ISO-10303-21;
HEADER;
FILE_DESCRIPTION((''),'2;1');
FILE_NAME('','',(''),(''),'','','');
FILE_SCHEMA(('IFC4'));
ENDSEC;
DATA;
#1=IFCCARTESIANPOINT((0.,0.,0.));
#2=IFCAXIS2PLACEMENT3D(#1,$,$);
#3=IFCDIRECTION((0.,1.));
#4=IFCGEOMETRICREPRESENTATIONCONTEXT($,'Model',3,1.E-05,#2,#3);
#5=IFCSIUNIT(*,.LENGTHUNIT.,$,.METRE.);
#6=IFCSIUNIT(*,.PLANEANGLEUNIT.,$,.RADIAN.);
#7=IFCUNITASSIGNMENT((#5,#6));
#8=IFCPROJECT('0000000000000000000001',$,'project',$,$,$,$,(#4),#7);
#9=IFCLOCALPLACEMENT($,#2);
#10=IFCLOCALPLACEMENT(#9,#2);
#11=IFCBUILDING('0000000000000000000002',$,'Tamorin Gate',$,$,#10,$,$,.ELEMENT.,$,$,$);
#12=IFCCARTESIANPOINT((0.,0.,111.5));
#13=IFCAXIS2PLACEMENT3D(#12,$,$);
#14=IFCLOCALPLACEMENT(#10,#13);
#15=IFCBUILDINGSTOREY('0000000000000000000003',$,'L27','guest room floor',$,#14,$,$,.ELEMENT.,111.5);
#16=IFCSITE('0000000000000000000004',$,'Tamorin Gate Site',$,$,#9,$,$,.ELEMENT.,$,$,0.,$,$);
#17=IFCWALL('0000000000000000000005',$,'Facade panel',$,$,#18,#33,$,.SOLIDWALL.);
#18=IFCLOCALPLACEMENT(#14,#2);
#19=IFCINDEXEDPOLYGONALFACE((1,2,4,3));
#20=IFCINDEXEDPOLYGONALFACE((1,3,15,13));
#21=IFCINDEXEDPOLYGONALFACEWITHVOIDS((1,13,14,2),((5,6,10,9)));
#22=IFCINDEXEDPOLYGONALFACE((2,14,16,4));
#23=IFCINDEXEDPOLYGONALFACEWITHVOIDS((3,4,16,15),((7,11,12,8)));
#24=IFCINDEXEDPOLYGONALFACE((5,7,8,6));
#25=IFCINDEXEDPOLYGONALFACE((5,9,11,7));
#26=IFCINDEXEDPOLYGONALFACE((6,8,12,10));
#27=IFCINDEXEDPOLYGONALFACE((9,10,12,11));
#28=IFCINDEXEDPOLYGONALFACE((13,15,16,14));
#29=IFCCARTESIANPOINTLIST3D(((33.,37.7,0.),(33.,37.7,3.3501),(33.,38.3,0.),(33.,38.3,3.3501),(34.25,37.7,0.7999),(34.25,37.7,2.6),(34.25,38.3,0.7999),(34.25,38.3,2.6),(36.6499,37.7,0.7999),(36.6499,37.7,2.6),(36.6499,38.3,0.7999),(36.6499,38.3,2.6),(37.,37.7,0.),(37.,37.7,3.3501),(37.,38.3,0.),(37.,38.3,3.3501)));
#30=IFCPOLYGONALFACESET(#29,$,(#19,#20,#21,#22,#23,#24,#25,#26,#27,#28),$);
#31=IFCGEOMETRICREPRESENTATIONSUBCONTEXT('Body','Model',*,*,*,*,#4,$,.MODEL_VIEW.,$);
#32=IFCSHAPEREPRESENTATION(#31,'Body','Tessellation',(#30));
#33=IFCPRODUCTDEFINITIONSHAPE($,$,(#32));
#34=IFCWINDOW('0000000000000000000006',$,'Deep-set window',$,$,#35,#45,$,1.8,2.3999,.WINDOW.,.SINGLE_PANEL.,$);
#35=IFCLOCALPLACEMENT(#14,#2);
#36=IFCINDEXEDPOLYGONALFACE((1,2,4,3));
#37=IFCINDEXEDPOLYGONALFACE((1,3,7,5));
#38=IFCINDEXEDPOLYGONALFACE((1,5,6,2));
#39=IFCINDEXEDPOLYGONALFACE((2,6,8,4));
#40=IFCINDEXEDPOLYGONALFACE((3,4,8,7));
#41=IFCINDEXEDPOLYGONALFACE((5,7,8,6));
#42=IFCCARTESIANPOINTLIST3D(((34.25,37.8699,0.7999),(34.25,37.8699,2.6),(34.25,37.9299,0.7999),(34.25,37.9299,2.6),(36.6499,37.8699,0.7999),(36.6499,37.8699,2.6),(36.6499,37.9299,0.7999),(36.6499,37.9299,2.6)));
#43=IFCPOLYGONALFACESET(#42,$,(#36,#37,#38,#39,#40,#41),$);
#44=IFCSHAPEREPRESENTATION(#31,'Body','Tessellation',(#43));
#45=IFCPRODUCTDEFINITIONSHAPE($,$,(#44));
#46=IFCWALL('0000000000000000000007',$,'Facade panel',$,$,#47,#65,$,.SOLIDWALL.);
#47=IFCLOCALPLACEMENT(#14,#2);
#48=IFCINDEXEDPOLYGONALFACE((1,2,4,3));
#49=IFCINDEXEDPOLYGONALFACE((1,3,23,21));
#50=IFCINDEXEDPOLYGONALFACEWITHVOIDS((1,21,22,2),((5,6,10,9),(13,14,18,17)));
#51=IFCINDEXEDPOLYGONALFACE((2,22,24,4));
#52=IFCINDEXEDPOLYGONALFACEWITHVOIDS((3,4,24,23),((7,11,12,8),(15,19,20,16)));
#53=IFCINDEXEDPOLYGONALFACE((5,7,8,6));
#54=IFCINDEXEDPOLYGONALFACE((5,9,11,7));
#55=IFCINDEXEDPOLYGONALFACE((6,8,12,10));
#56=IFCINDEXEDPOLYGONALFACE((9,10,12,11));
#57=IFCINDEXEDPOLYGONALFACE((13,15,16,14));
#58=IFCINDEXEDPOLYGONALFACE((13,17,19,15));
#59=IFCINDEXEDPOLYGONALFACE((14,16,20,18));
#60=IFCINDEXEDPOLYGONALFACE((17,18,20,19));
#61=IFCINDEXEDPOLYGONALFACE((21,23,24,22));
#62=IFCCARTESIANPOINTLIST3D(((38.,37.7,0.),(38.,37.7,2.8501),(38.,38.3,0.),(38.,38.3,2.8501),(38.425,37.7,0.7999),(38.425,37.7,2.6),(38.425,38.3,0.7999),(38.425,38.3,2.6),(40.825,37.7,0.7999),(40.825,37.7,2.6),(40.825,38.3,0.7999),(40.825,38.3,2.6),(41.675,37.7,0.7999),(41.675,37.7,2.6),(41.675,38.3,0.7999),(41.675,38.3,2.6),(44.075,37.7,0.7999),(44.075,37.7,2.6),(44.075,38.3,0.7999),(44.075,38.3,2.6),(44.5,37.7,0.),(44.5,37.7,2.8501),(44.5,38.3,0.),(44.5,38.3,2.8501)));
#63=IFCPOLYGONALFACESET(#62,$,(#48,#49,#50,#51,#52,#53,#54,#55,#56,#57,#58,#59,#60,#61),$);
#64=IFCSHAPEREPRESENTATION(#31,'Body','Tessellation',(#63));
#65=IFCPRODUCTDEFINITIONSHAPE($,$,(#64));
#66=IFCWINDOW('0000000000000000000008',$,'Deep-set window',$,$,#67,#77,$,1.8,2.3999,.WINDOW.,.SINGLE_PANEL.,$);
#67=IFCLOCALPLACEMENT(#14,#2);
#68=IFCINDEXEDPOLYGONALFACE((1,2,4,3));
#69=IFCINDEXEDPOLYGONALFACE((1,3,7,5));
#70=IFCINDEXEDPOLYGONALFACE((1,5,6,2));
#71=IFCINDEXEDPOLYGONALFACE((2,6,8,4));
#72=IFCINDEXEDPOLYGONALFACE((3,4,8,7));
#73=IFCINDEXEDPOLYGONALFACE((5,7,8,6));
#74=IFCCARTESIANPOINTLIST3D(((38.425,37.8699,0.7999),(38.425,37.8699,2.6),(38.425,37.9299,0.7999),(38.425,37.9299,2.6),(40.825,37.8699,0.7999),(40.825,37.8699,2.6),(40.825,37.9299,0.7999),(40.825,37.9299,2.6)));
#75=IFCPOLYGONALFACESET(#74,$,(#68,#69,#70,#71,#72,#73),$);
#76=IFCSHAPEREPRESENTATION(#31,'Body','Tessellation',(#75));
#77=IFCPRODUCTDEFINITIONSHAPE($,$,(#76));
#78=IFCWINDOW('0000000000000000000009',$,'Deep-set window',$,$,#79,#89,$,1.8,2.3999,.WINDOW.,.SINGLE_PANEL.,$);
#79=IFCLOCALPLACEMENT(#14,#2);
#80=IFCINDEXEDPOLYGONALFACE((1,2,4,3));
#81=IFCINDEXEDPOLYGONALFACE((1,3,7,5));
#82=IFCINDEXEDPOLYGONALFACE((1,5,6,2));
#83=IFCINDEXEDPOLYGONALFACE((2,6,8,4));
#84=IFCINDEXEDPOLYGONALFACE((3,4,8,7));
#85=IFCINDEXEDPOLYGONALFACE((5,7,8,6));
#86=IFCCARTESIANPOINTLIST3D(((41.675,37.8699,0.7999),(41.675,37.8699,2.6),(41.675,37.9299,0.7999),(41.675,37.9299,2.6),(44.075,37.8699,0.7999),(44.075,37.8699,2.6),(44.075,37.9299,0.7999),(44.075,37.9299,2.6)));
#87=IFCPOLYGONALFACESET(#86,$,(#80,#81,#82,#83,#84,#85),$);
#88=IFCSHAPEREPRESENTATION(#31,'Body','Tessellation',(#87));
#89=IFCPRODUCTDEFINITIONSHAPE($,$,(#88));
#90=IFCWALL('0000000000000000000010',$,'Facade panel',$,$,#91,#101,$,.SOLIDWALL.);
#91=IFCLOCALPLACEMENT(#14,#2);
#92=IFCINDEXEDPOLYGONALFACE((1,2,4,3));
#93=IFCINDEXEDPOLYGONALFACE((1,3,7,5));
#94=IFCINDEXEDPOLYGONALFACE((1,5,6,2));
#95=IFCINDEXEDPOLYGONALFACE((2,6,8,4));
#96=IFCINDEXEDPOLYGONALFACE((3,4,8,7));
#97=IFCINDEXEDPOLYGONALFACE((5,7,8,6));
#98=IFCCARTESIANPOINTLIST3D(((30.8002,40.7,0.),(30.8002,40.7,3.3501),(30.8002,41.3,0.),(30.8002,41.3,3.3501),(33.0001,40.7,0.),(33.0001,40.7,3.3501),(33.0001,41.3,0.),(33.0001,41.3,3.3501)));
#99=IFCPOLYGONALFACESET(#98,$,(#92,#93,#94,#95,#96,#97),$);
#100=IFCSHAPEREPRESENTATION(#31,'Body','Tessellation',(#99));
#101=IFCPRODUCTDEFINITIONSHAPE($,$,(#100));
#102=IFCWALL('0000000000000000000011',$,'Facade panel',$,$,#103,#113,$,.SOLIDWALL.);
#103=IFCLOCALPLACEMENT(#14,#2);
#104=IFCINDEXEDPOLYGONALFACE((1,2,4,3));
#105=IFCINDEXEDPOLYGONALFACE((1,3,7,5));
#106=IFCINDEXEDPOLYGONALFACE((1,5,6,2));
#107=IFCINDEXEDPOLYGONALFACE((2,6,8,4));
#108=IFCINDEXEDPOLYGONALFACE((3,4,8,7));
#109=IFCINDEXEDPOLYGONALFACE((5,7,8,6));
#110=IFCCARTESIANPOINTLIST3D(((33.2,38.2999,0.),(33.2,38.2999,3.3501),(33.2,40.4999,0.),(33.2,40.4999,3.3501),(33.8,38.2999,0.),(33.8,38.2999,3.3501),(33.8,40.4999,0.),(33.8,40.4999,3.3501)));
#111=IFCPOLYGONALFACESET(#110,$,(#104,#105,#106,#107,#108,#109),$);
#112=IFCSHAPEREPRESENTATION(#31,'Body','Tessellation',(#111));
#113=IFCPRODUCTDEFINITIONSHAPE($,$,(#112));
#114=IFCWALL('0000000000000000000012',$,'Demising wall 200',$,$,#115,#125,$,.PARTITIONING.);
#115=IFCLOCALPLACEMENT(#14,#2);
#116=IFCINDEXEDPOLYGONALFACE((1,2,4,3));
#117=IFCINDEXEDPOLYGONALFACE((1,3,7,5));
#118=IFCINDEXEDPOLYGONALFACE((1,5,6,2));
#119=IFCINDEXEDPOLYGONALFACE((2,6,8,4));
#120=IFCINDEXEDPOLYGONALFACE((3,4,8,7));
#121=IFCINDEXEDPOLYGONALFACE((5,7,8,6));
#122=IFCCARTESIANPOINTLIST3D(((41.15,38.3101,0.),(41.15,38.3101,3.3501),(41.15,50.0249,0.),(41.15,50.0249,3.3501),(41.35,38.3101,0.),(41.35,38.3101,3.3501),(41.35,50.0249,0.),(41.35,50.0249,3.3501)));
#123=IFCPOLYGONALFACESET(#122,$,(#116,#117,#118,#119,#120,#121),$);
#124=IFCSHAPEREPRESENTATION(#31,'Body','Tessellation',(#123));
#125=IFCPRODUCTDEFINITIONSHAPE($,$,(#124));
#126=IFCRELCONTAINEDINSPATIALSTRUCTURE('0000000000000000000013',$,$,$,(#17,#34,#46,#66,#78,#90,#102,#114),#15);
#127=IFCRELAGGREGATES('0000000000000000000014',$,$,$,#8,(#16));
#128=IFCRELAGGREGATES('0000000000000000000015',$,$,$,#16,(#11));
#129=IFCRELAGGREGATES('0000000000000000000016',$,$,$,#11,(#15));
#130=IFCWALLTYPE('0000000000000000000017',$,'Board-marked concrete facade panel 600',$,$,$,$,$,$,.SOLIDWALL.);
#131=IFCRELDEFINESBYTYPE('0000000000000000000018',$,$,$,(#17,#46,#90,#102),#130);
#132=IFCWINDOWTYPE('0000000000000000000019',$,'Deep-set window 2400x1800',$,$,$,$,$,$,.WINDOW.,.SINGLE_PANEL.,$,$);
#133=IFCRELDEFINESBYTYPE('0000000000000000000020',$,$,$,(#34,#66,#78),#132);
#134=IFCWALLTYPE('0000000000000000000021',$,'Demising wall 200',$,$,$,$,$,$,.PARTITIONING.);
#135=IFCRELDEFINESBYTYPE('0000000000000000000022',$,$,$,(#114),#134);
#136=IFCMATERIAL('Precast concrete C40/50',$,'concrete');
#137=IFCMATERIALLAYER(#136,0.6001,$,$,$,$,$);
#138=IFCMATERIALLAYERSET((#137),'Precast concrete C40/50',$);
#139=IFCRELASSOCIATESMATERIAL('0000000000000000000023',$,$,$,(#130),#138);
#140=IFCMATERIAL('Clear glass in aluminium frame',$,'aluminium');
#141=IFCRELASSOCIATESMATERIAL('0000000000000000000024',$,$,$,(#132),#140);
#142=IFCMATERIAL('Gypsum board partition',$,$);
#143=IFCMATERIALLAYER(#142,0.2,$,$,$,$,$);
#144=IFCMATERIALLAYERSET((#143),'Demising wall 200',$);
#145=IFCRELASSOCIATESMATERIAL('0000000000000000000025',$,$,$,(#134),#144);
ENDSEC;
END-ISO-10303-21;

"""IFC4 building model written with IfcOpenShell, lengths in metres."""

from ifc_helpers import new_model, si_unit, direction, frame, frame_2d, origin, place, context, subcontext, project, spatial, rectangle, extrude, material, layer, layer_set, type_object, element, fill, save


model = new_model("IFC4")

# Units and contexts
model_context = context("Model", 3, precision=1e-05, world=origin(), true_north=direction((0.0, 1.0)))
body_context = subcontext(model_context, "Body", "Model", "MODEL_VIEW")
ifc_project = project(units=[si_unit("LENGTHUNIT", "METRE"), si_unit("PLANEANGLEUNIT", "RADIAN")], contexts=[model_context])

# Site, building, storey
site_placement = place(None, origin())
site = spatial("IfcSite", under=ifc_project, at=site_placement, Name="Tamorin Gate Site", CompositionType="ELEMENT", RefElevation=0.0)
building_placement = place(site_placement, origin())
building = spatial("IfcBuilding", under=site, at=building_placement, Name="Tamorin Gate", CompositionType="ELEMENT")
storey_placement = place(building_placement, frame((0.0, 0.0, 111.5)))
storey = spatial("IfcBuildingStorey", under=building, at=storey_placement, Name="L27", Description="guest room floor", CompositionType="ELEMENT", Elevation=111.5)

# Wall, opening, window
ifc_material_1 = material(Name="Precast concrete C40/50", Category="concrete")
ifc_layer_1 = layer(ifc_material_1, 0.6001)
ifc_layer_set_1 = layer_set([ifc_layer_1], Name="Precast concrete C40/50")
wall_type_1 = type_object("IfcWallType", Name="Board-marked concrete facade panel 600", PredefinedType="SOLIDWALL", material=ifc_layer_set_1)
wall_1_placement = place(storey_placement, frame((33.0, 38.0, 0.0), z_axis=(0.0, 0.0, 1.0), x_axis=(1.0, 0.0, 0.0)))
wall_1 = element("IfcWall", 1, at=wall_1_placement, inside=storey, type_object=wall_type_1, Name="Facade panel", PredefinedType="SOLIDWALL", context=body_context, shape_type="SweptSolid", body=[
    extrude(rectangle(XDim=4.0, YDim=0.6001, at=frame_2d((2.0, 0.0))), origin(), (0.0, 0.0, 1.0), 3.3501),
])
opening_1_placement = place(wall_1_placement, frame((1.25, 0.0, 0.8)))
opening_1 = element("IfcOpeningElement", 2, at=opening_1_placement, cuts=wall_1, PredefinedType="OPENING", context=body_context, shape_type="SweptSolid", body=[
    extrude(rectangle(XDim=2.3999, YDim=1.8, at=frame_2d((1.2, 0.8999))), frame((0.0, 0.3101, 0.0), z_axis=(0.0, -1.0, 0.0), x_axis=(1.0, 0.0, 0.0)), (0.0, 0.0, 1.0), 0.6201),
])
ifc_material_2 = material(Name="Clear glass in aluminium frame", Category="aluminium")
window_type = type_object("IfcWindowType", Name="Deep-set window 2400x1800", PartitioningType="SINGLE_PANEL", PredefinedType="WINDOW", material=ifc_material_2)
window_1_placement = place(opening_1_placement, origin())
window_1 = element("IfcWindow", 3, at=window_1_placement, inside=storey, type_object=window_type, Name="Deep-set window", OverallHeight=1.8, OverallWidth=2.3999, PartitioningType="SINGLE_PANEL", PredefinedType="WINDOW", context=body_context, shape_type="SweptSolid", body=[
    extrude(rectangle(XDim=2.3999, YDim=1.8, at=frame_2d((1.2, 0.8999))), frame((0.0, -0.0701, 0.0), z_axis=(0.0, -1.0, 0.0), x_axis=(1.0, 0.0, 0.0)), (0.0, 0.0, 1.0), 0.0601),
])
fill(opening_1, window_1)

# Wall, openings, windows
wall_2_placement = place(storey_placement, frame((38.0, 38.0, 0.0), z_axis=(0.0, 0.0, 1.0), x_axis=(1.0, 0.0, 0.0)))
wall_2 = element("IfcWall", 4, at=wall_2_placement, inside=storey, type_object=wall_type_1, Name="Facade panel", PredefinedType="SOLIDWALL", context=body_context, shape_type="SweptSolid", body=[
    extrude(rectangle(XDim=6.5, YDim=0.6001, at=frame_2d((3.25, 0.0))), origin(), (0.0, 0.0, 1.0), 2.8501),
])
opening_2_placement = place(wall_2_placement, frame((0.425, 0.0, 0.8)))
opening_2 = element("IfcOpeningElement", 5, at=opening_2_placement, cuts=wall_2, PredefinedType="OPENING", context=body_context, shape_type="SweptSolid", body=[
    extrude(rectangle(XDim=2.3999, YDim=1.8, at=frame_2d((1.2, 0.8999))), frame((0.0, 0.3101, 0.0), z_axis=(0.0, -1.0, 0.0), x_axis=(1.0, 0.0, 0.0)), (0.0, 0.0, 1.0), 0.6201),
])
opening_3_placement = place(wall_2_placement, frame((3.675, 0.0, 0.8)))
opening_3 = element("IfcOpeningElement", 6, at=opening_3_placement, cuts=wall_2, PredefinedType="OPENING", context=body_context, shape_type="SweptSolid", body=[
    extrude(rectangle(XDim=2.3999, YDim=1.8, at=frame_2d((1.2, 0.8999))), frame((0.0, 0.3101, 0.0), z_axis=(0.0, -1.0, 0.0), x_axis=(1.0, 0.0, 0.0)), (0.0, 0.0, 1.0), 0.6201),
])
window_2_placement = place(opening_2_placement, origin())
window_2 = element("IfcWindow", 7, at=window_2_placement, inside=storey, type_object=window_type, Name="Deep-set window", OverallHeight=1.8, OverallWidth=2.3999, PartitioningType="SINGLE_PANEL", PredefinedType="WINDOW", context=body_context, shape_type="SweptSolid", body=[
    extrude(rectangle(XDim=2.3999, YDim=1.8, at=frame_2d((1.2, 0.8999))), frame((0.0, -0.0701, 0.0), z_axis=(0.0, -1.0, 0.0), x_axis=(1.0, 0.0, 0.0)), (0.0, 0.0, 1.0), 0.0601),
])
fill(opening_2, window_2)
window_3_placement = place(opening_3_placement, origin())
window_3 = element("IfcWindow", 8, at=window_3_placement, inside=storey, type_object=window_type, Name="Deep-set window", OverallHeight=1.8, OverallWidth=2.3999, PartitioningType="SINGLE_PANEL", PredefinedType="WINDOW", context=body_context, shape_type="SweptSolid", body=[
    extrude(rectangle(XDim=2.3999, YDim=1.8, at=frame_2d((1.2, 0.8999))), frame((0.0, -0.0701, 0.0), z_axis=(0.0, -1.0, 0.0), x_axis=(1.0, 0.0, 0.0)), (0.0, 0.0, 1.0), 0.0601),
])
fill(opening_3, window_3)

# Walls
for number, where, z_axis, x_axis, name in (
    (9, (30.8, 41.0, 0.0), (0.0, 0.0, 1.0), (1.0, 0.0, 0.0), "Facade panel"),
    (10, (33.5, 40.5, 0.0), (0.0, 0.0, 1.0), (0.0, -1.0, 0.0), "Facade panel"),
):
    element("IfcWall", number, at=place(storey_placement, frame(where, z_axis=z_axis, x_axis=x_axis)), inside=storey, type_object=wall_type_1, Name=name, PredefinedType="SOLIDWALL", context=body_context, shape_type="SweptSolid", body=[
        extrude(rectangle(XDim=2.2, YDim=0.6001, at=frame_2d((1.1001, 0.0))), origin(), (0.0, 0.0, 1.0), 3.3501),
    ])
ifc_material_3 = material(Name="Gypsum board partition")
ifc_layer_2 = layer(ifc_material_3, 0.2)
ifc_layer_set_2 = layer_set([ifc_layer_2], Name="Demising wall 200")
wall_type_2 = type_object("IfcWallType", Name="Demising wall 200", PredefinedType="PARTITIONING", material=ifc_layer_set_2)
wall_3_placement = place(storey_placement, frame((41.25, 38.3101, 0.0), z_axis=(0.0, 0.0, 1.0), x_axis=(0.0, 1.0, 0.0)))
element("IfcWall", 11, at=wall_3_placement, inside=storey, type_object=wall_type_2, Name="Demising wall 200", PredefinedType="PARTITIONING", context=body_context, shape_type="SweptSolid", body=[
    extrude(rectangle(XDim=11.7148, YDim=0.2, at=frame_2d((5.8574, 0.0))), origin(), (0.0, 0.0, 1.0), 3.3501),
])

save(model, "model.ifc")
